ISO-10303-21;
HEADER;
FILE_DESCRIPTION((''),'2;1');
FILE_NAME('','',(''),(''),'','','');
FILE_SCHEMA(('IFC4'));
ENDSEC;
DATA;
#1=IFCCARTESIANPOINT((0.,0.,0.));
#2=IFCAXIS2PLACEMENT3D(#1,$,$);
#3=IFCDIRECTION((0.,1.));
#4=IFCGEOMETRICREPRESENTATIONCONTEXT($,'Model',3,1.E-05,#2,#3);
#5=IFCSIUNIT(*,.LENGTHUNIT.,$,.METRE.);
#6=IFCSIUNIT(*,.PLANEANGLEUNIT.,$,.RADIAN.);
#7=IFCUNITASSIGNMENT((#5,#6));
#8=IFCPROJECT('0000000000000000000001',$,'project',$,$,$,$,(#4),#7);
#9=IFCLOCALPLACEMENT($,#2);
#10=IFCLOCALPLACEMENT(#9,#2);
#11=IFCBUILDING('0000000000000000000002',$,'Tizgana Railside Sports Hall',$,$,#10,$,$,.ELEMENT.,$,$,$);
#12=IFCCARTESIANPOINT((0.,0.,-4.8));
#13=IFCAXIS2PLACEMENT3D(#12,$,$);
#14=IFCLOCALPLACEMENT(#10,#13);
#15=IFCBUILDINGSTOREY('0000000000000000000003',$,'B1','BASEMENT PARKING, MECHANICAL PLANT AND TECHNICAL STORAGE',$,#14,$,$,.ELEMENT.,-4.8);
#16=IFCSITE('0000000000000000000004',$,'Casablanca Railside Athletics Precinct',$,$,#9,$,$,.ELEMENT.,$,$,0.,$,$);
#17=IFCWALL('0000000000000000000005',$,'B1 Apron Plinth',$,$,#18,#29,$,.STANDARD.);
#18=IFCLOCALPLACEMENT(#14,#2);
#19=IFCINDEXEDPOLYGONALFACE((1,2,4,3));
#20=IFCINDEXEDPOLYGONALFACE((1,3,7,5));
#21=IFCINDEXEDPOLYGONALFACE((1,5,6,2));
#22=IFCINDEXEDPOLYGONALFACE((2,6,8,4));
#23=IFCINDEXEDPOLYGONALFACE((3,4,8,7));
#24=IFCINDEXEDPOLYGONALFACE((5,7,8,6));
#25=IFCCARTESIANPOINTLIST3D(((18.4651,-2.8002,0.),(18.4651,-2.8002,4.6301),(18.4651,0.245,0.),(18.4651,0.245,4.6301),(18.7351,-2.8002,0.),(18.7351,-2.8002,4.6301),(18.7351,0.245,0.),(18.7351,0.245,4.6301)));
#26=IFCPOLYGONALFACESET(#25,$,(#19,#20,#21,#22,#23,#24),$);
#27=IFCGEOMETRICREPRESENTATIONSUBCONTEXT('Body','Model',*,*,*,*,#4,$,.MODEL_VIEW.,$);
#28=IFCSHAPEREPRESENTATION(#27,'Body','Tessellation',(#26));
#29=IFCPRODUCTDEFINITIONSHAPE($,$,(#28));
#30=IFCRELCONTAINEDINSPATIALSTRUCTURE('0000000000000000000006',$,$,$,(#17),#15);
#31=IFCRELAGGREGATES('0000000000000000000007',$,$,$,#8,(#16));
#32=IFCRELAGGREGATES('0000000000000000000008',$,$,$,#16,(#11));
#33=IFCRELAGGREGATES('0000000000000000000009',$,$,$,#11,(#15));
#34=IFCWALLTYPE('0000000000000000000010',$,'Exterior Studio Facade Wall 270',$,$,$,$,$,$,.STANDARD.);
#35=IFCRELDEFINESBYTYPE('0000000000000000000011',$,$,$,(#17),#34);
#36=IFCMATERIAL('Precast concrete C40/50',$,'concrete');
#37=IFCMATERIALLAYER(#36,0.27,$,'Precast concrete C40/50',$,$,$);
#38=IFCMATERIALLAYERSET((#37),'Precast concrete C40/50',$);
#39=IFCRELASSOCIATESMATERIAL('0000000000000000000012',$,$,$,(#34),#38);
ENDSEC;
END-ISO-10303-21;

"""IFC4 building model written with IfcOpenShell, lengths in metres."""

from ifc_helpers import new_model, si_unit, direction, frame, frame_2d, origin, place, context, subcontext, project, spatial, rectangle, extrude, material, layer, layer_set, type_object, element, save


model = new_model("IFC4")

# Units and contexts
model_context = context("Model", 3, precision=1e-05, world=origin(), true_north=direction((0.0, 1.0)))
body_context = subcontext(model_context, "Body", "Model", "MODEL_VIEW")
ifc_project = project(units=[si_unit("LENGTHUNIT", "METRE"), si_unit("PLANEANGLEUNIT", "RADIAN")], contexts=[model_context])

# Site, building, storey
site_placement = place(None, origin())
site = spatial("IfcSite", under=ifc_project, at=site_placement, Name="Casablanca Railside Athletics Precinct", CompositionType="ELEMENT", RefElevation=0.0)
building_placement = place(site_placement, origin())
building = spatial("IfcBuilding", under=site, at=building_placement, Name="Tizgana Railside Sports Hall", CompositionType="ELEMENT")
storey_placement = place(building_placement, frame((0.0, 0.0, -4.8)))
storey = spatial("IfcBuildingStorey", under=building, at=storey_placement, Name="B1", Description="BASEMENT PARKING, MECHANICAL PLANT AND TECHNICAL STORAGE", CompositionType="ELEMENT", Elevation=-4.8)

# Wall
ifc_material_1 = material(Name="Precast concrete C40/50", Category="concrete")
ifc_layer_1 = layer(ifc_material_1, 0.27, Name="Precast concrete C40/50")
ifc_layer_set_1 = layer_set([ifc_layer_1], Name="Precast concrete C40/50")
wall_type_1 = type_object("IfcWallType", Name="Exterior Studio Facade Wall 270", PredefinedType="STANDARD", material=ifc_layer_set_1)
wall_1_placement = place(storey_placement, frame((18.6001, -2.8, 0.0), z_axis=(0.0, 0.0, 1.0), x_axis=(0.0, 1.0, 0.0)))
element("IfcWall", 1, at=wall_1_placement, inside=storey, type_object=wall_type_1, Name="B1 Apron Plinth", PredefinedType="STANDARD", context=body_context, shape_type="SweptSolid", body=[
    extrude(rectangle(XDim=3.0452, YDim=0.27, at=frame_2d((1.5225, 0.0))), origin(), (0.0, 0.0, 1.0), 4.6301),
])

save(model, "model.ifc")
